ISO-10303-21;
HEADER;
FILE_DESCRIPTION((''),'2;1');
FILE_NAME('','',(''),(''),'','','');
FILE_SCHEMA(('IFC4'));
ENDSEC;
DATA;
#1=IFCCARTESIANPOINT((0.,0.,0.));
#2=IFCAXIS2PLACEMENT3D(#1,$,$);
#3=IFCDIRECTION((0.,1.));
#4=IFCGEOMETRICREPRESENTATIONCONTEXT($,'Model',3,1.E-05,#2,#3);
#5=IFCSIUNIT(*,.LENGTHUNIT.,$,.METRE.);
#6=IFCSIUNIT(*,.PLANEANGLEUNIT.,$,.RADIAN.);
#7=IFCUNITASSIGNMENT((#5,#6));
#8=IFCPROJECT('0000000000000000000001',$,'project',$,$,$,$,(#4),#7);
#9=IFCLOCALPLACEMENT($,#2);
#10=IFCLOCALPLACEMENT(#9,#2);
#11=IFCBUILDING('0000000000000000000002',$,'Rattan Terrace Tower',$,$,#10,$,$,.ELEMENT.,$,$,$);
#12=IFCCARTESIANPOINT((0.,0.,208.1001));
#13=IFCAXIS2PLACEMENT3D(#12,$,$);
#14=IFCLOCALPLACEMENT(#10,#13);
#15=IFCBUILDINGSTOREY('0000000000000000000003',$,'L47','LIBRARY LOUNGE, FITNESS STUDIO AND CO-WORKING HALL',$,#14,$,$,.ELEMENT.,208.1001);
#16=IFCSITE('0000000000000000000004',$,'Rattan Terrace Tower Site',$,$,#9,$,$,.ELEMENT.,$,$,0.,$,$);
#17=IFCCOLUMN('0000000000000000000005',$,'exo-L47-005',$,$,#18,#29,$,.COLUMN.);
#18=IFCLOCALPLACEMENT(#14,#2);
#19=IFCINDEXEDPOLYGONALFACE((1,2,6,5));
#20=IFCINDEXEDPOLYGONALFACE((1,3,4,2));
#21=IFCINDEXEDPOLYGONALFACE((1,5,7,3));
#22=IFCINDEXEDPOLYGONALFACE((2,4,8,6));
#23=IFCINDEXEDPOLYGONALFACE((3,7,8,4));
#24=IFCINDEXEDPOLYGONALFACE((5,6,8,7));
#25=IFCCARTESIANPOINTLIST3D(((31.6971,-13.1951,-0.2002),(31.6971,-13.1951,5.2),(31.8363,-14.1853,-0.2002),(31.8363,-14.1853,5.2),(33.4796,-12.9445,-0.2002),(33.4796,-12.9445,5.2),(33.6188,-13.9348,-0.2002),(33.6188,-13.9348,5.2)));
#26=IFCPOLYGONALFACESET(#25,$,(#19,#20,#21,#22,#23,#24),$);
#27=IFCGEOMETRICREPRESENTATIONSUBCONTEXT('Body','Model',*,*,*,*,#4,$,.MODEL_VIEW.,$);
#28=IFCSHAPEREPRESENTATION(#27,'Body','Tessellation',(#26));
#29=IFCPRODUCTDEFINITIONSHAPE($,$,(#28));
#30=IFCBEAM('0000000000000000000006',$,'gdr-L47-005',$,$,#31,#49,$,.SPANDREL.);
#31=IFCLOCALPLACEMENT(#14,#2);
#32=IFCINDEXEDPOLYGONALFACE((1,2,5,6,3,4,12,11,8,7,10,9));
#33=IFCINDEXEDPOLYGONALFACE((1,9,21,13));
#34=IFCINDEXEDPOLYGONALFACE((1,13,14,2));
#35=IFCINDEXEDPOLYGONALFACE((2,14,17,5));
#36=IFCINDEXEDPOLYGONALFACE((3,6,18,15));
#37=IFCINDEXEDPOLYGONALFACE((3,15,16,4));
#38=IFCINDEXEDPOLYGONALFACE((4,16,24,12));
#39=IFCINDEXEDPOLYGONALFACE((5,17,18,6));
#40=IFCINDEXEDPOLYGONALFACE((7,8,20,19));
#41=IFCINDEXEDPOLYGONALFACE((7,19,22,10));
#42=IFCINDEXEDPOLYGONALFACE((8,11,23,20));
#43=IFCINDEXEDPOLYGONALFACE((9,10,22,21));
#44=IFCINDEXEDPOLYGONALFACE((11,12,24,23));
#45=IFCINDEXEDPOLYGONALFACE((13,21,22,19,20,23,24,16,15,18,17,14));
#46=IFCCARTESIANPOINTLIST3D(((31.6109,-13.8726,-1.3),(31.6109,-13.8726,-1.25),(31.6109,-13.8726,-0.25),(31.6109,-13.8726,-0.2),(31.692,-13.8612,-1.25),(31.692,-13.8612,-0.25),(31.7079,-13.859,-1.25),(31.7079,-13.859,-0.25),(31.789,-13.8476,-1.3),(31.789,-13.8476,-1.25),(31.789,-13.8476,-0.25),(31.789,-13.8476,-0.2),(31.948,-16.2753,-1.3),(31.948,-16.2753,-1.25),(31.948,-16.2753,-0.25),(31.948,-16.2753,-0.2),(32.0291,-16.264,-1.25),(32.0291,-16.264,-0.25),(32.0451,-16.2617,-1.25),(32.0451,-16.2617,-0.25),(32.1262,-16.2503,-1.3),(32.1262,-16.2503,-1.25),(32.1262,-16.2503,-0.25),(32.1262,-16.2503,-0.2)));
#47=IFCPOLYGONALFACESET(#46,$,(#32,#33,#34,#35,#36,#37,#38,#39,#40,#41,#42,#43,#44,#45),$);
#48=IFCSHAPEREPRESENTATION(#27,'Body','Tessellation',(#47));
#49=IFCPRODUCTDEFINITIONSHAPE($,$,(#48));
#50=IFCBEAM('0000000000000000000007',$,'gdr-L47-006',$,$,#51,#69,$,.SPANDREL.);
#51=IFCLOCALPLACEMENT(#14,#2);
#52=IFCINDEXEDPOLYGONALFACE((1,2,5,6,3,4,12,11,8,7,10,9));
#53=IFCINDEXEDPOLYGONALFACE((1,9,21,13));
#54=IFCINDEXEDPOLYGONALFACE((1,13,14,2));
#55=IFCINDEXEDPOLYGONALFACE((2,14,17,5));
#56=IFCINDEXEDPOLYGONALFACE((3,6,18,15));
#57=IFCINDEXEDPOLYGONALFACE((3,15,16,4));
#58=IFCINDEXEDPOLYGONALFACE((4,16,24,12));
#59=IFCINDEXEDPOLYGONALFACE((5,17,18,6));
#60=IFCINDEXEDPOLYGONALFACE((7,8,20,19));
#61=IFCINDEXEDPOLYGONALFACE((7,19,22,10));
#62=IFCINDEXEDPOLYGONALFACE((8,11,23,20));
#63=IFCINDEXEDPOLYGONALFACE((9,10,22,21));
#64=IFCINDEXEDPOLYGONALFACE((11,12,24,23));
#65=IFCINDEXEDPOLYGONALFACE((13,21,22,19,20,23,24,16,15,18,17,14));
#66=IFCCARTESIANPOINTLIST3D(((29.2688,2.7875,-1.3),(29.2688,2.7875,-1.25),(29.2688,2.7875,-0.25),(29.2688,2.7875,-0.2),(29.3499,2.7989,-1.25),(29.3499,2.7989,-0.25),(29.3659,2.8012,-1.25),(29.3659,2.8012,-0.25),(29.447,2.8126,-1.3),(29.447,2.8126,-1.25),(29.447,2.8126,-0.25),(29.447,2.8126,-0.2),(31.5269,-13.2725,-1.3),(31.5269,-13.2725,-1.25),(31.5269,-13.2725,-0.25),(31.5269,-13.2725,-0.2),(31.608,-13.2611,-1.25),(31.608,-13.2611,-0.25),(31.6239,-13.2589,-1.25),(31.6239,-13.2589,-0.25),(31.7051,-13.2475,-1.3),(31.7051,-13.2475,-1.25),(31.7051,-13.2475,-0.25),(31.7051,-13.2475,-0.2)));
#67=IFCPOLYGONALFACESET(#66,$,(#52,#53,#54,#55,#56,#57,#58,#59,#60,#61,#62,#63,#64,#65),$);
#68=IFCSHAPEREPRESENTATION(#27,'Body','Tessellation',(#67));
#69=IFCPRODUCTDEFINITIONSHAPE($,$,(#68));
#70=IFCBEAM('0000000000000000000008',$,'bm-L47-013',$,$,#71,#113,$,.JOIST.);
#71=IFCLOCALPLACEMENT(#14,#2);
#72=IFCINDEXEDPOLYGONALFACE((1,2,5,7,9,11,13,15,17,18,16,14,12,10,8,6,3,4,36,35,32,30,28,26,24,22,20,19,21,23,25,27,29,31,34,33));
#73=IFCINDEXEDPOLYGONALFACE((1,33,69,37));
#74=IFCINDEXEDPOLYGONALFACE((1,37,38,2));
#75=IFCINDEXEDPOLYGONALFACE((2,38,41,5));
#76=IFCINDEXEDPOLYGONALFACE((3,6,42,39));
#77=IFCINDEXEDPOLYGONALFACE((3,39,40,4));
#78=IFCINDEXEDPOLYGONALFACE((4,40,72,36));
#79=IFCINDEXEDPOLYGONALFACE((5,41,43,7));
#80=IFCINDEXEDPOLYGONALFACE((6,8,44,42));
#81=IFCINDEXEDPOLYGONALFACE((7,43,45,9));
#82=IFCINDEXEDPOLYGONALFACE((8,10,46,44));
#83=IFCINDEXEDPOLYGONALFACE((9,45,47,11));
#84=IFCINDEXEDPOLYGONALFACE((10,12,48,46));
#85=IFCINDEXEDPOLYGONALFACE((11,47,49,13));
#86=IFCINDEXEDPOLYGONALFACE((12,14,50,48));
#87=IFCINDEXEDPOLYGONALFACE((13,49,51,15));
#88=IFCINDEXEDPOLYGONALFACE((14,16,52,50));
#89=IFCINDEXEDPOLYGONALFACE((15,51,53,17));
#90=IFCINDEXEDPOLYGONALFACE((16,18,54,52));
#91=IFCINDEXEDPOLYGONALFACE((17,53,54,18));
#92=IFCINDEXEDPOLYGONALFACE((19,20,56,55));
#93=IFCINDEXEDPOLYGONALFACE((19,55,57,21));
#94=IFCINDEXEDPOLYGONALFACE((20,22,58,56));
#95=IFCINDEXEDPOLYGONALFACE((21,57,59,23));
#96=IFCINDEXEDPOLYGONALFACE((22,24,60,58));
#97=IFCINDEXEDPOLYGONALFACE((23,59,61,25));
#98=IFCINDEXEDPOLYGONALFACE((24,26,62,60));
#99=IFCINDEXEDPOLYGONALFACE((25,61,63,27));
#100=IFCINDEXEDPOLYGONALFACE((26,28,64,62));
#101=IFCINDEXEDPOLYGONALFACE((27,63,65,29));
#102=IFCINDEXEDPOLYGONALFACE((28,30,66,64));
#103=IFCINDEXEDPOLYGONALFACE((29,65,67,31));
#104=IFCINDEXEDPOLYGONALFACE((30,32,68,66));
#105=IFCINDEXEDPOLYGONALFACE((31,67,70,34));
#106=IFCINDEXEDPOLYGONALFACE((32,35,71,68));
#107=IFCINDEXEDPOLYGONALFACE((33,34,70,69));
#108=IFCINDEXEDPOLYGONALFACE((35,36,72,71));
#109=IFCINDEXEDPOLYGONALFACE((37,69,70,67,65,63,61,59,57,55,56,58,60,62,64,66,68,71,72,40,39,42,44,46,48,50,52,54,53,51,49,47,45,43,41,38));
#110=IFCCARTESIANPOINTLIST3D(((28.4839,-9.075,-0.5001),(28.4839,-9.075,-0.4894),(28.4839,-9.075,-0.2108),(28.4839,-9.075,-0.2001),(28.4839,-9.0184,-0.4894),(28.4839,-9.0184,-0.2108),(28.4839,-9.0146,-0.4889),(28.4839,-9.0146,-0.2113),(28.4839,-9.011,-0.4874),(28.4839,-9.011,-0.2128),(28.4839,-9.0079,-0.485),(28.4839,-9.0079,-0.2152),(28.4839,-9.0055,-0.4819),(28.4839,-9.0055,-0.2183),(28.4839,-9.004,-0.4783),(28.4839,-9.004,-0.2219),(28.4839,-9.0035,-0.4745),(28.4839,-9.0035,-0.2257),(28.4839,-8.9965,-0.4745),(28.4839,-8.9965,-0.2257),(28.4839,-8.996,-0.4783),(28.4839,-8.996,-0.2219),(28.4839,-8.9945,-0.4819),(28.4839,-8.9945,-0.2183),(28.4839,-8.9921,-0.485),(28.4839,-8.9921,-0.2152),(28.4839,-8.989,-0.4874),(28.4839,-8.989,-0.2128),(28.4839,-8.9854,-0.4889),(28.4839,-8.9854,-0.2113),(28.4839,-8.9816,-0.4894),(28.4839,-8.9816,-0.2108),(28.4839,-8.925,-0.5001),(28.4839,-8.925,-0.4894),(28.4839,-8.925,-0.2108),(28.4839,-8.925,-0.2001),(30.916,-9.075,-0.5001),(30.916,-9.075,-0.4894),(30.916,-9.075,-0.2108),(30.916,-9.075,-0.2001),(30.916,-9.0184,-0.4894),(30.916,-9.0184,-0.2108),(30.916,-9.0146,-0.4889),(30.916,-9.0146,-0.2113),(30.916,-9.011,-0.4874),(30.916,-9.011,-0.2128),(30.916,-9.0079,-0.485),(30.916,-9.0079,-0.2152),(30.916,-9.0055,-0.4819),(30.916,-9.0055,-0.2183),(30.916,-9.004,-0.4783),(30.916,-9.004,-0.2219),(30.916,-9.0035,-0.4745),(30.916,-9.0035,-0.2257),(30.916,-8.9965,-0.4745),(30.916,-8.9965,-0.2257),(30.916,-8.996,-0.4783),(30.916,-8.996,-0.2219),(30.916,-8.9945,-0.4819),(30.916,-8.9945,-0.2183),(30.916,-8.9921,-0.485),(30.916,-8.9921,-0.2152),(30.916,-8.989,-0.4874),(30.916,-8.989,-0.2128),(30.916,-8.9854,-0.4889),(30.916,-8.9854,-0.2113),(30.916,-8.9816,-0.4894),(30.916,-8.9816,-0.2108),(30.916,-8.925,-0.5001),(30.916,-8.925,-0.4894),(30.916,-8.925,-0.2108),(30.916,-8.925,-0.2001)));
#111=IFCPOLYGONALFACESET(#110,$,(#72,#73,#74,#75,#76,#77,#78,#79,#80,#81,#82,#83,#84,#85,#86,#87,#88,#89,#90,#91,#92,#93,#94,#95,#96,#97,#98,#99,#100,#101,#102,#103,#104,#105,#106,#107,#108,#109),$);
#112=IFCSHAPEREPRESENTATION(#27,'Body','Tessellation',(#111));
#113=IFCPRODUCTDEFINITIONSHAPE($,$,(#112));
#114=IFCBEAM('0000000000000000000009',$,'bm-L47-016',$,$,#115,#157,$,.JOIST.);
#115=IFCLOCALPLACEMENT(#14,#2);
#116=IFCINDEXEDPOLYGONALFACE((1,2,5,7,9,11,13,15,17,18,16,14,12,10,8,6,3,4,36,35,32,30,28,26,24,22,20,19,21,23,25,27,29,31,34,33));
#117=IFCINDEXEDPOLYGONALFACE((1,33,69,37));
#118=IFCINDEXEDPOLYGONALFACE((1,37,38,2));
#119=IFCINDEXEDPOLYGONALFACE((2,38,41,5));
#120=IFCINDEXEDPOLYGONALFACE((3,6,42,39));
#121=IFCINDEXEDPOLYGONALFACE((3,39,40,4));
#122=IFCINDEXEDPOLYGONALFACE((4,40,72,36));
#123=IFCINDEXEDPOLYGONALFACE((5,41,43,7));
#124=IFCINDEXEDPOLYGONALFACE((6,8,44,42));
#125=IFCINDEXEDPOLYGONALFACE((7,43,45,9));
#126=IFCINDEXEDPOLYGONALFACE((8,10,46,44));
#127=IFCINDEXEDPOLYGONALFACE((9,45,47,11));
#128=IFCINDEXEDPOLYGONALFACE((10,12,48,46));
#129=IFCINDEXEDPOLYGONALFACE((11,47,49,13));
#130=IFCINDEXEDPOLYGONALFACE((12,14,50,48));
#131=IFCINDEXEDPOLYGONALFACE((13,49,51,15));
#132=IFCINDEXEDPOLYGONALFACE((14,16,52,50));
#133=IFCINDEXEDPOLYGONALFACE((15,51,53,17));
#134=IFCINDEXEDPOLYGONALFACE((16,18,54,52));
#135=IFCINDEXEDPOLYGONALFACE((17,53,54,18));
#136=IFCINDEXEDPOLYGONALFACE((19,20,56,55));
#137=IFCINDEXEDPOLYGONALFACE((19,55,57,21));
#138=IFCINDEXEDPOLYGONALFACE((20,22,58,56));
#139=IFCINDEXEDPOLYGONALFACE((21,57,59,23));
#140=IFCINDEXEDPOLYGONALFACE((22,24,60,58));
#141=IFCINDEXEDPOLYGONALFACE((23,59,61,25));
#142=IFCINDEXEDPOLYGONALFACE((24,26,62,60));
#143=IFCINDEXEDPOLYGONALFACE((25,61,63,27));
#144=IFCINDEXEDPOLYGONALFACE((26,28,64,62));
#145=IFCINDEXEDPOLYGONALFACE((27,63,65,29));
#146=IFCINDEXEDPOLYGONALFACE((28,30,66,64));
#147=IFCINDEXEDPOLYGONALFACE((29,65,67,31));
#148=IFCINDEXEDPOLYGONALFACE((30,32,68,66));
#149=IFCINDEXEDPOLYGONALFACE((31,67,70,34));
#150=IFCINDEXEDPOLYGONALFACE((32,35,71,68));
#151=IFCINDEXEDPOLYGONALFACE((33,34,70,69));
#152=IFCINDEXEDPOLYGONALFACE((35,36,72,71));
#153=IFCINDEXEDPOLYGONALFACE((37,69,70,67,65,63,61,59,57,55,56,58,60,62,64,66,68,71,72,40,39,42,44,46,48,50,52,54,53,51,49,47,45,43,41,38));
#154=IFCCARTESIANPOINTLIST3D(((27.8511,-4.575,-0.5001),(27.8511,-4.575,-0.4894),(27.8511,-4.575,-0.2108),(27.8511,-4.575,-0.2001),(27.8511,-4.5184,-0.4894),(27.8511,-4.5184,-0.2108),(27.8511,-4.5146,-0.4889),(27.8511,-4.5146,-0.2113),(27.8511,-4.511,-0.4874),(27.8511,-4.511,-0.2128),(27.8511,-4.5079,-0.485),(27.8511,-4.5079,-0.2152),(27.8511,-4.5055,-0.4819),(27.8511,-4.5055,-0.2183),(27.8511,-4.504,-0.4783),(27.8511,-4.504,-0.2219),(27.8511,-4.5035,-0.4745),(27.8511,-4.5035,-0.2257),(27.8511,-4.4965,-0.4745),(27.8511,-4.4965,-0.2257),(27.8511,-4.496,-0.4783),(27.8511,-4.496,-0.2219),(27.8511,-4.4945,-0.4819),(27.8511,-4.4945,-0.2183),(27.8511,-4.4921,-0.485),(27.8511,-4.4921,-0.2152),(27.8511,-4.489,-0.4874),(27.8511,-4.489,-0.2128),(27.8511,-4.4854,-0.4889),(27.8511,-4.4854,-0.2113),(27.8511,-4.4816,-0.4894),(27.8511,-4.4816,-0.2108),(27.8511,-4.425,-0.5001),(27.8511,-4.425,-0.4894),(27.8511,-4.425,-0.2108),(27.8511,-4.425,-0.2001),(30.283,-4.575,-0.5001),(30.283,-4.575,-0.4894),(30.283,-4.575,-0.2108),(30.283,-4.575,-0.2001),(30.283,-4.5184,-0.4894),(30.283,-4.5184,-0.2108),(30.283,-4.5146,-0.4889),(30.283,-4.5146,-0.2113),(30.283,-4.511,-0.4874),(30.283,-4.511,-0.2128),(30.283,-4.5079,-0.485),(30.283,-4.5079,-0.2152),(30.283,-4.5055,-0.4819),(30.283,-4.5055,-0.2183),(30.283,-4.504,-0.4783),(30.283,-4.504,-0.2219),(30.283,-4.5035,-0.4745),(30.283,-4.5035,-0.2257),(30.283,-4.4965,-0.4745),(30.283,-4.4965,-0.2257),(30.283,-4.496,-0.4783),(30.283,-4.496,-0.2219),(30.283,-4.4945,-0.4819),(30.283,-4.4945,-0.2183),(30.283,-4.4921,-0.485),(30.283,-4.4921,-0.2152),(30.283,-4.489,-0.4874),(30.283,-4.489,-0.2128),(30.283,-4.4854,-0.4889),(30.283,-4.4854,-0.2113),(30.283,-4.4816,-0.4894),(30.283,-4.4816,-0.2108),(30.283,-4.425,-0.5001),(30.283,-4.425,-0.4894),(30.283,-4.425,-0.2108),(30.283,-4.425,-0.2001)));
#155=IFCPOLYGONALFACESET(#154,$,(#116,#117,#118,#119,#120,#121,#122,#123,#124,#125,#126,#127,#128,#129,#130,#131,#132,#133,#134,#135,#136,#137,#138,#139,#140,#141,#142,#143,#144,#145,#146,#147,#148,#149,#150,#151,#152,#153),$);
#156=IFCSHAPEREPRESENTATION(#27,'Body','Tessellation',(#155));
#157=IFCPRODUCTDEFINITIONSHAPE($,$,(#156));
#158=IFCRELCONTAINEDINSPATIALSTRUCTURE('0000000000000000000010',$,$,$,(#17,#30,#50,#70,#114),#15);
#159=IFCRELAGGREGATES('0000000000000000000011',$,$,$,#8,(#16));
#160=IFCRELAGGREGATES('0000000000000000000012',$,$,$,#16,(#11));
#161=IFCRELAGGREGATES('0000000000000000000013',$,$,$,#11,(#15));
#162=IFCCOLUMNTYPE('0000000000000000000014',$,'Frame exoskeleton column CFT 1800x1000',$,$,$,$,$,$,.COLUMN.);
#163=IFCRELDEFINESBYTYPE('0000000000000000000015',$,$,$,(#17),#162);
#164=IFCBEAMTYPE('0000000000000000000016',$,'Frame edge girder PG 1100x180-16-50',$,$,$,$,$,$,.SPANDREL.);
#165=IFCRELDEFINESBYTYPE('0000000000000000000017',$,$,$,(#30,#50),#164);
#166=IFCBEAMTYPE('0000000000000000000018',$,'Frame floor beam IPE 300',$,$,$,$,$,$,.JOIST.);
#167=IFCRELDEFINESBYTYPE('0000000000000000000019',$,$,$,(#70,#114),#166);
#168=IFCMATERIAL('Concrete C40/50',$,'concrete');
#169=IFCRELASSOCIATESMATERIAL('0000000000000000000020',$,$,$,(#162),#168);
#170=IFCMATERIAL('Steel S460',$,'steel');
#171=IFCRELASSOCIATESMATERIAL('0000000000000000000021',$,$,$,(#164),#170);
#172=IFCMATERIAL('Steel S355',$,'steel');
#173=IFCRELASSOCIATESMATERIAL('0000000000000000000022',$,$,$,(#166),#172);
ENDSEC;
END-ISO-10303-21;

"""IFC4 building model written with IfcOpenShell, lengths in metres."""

from ifc_helpers import new_model, si_unit, direction, frame, origin, origin_2d, place, context, subcontext, project, spatial, rectangle, i_section, extrude, material, material_profile, profile_set, type_object, element, save


model = new_model("IFC4")

# Units and contexts
model_context = context("Model", 3, precision=1e-05, world=origin(), true_north=direction((0.0, 1.0)))
body_context = subcontext(model_context, "Body", "Model", "MODEL_VIEW")
ifc_project = project(units=[si_unit("LENGTHUNIT", "METRE"), si_unit("PLANEANGLEUNIT", "RADIAN")], contexts=[model_context])

# Site, building, storey
site_placement = place(None, origin())
site = spatial("IfcSite", under=ifc_project, at=site_placement, Name="Rattan Terrace Tower Site", CompositionType="ELEMENT", RefElevation=0.0)
building_placement = place(site_placement, origin())
building = spatial("IfcBuilding", under=site, at=building_placement, Name="Rattan Terrace Tower", CompositionType="ELEMENT")
storey_placement = place(building_placement, frame((0.0, 0.0, 208.1001)))
storey = spatial("IfcBuildingStorey", under=building, at=storey_placement, Name="L47", Description="LIBRARY LOUNGE, FITNESS STUDIO AND CO-WORKING HALL", CompositionType="ELEMENT", Elevation=208.1001)

# Column
ifc_material_1 = material(Name="Concrete C40/50", Category="concrete")
ifc_material_profile_1 = material_profile(ifc_material_1, rectangle(XDim=1.0, YDim=1.8, at=origin_2d()), Name="CFT 1800x1000")
ifc_profile_set_1 = profile_set([ifc_material_profile_1], Name="Concrete C40/50")
column_type = type_object("IfcColumnType", Name="Frame exoskeleton column CFT 1800x1000", PredefinedType="COLUMN", material=ifc_profile_set_1)
column_placement = place(storey_placement, frame((32.658, -13.5649, -0.2002), z_axis=(0.0, 0.0, 1.0), x_axis=(-0.13919, 0.990266, 0.0)))
element("IfcColumn", 1, at=column_placement, inside=storey, type_object=column_type, Name="exo-L47-005", PredefinedType="COLUMN", context=body_context, shape_type="SweptSolid", body=[
    extrude(rectangle(XDim=1.0, YDim=1.8, at=origin_2d()), origin(), (0.0, 0.0, 1.0), 5.4001),
])

# Beams
ifc_material_2 = material(Name="Steel S460", Category="steel")
ifc_material_profile_2 = material_profile(ifc_material_2, i_section(OverallWidth=0.1799, OverallDepth=1.1001, WebThickness=0.0161, FlangeThickness=0.05, at=origin_2d()), Name="PG 1100x180-16-50")
ifc_profile_set_2 = profile_set([ifc_material_profile_2], Name="Steel S460")
beam_type_1 = type_object("IfcBeamType", Name="Frame edge girder PG 1100x180-16-50", PredefinedType="SPANDREL", material=ifc_profile_set_2)
beam_1_placement = place(storey_placement, frame((31.7, -13.8601, -0.75), z_axis=(0.138956, -0.990299, 0.0), x_axis=(0.990299, 0.138956, 0.0)))
element("IfcBeam", 2, at=beam_1_placement, inside=storey, type_object=beam_type_1, Name="gdr-L47-005", PredefinedType="SPANDREL", context=body_context, shape_type="SweptSolid", body=[
    extrude(i_section(OverallWidth=0.1799, OverallDepth=1.1001, WebThickness=0.0161, FlangeThickness=0.05, at=origin_2d()), origin(), (0.0, 0.0, 1.0), 2.4263),
])
beam_2_placement = place(storey_placement, frame((31.616, -13.26, -0.75), z_axis=(-0.139231, 0.99026, 0.0), x_axis=(-0.99026, -0.139231, 0.0)))
element("IfcBeam", 3, at=beam_2_placement, inside=storey, type_object=beam_type_1, Name="gdr-L47-006", PredefinedType="SPANDREL", context=body_context, shape_type="SweptSolid", body=[
    extrude(i_section(OverallWidth=0.1799, OverallDepth=1.1001, WebThickness=0.0161, FlangeThickness=0.05, at=origin_2d()), origin(), (0.0, 0.0, 1.0), 16.218),
])
ifc_material_3 = material(Name="Steel S355", Category="steel")
ifc_material_profile_3 = material_profile(ifc_material_3, i_section(OverallWidth=0.1499, OverallDepth=0.3, WebThickness=0.0071, FlangeThickness=0.0107, FilletRadius=0.0149, at=origin_2d()), Name="IPE 300")
ifc_profile_set_3 = profile_set([ifc_material_profile_3], Name="Steel S355")
beam_type_2 = type_object("IfcBeamType", Name="Frame floor beam IPE 300", PredefinedType="JOIST", material=ifc_profile_set_3)
beam_3_placement = place(storey_placement, frame((28.4839, -9.0, -0.3501), z_axis=(1.0, 0.0, 0.0), x_axis=(0.0, 1.0, 0.0)))
element("IfcBeam", 4, at=beam_3_placement, inside=storey, type_object=beam_type_2, Name="bm-L47-013", PredefinedType="JOIST", context=body_context, shape_type="SweptSolid", body=[
    extrude(i_section(OverallWidth=0.1499, OverallDepth=0.3, WebThickness=0.0071, FlangeThickness=0.0107, FilletRadius=0.0149, at=origin_2d()), origin(), (0.0, 0.0, 1.0), 2.4321),
])
for number, where, z_axis, x_axis, name in (
    (5, (27.8511, -4.5, -0.3501), (1.0, 0.0, 0.0), (0.0, 1.0, 0.0), "bm-L47-016"),
):
    element("IfcBeam", number, at=place(storey_placement, frame(where, z_axis=z_axis, x_axis=x_axis)), inside=storey, type_object=beam_type_2, Name=name, PredefinedType="JOIST", context=body_context, shape_type="SweptSolid", body=[
        extrude(i_section(OverallWidth=0.1499, OverallDepth=0.3, WebThickness=0.0071, FlangeThickness=0.0107, FilletRadius=0.0149, at=origin_2d()), origin(), (0.0, 0.0, 1.0), 2.4319),
    ])

save(model, "model.ifc")
